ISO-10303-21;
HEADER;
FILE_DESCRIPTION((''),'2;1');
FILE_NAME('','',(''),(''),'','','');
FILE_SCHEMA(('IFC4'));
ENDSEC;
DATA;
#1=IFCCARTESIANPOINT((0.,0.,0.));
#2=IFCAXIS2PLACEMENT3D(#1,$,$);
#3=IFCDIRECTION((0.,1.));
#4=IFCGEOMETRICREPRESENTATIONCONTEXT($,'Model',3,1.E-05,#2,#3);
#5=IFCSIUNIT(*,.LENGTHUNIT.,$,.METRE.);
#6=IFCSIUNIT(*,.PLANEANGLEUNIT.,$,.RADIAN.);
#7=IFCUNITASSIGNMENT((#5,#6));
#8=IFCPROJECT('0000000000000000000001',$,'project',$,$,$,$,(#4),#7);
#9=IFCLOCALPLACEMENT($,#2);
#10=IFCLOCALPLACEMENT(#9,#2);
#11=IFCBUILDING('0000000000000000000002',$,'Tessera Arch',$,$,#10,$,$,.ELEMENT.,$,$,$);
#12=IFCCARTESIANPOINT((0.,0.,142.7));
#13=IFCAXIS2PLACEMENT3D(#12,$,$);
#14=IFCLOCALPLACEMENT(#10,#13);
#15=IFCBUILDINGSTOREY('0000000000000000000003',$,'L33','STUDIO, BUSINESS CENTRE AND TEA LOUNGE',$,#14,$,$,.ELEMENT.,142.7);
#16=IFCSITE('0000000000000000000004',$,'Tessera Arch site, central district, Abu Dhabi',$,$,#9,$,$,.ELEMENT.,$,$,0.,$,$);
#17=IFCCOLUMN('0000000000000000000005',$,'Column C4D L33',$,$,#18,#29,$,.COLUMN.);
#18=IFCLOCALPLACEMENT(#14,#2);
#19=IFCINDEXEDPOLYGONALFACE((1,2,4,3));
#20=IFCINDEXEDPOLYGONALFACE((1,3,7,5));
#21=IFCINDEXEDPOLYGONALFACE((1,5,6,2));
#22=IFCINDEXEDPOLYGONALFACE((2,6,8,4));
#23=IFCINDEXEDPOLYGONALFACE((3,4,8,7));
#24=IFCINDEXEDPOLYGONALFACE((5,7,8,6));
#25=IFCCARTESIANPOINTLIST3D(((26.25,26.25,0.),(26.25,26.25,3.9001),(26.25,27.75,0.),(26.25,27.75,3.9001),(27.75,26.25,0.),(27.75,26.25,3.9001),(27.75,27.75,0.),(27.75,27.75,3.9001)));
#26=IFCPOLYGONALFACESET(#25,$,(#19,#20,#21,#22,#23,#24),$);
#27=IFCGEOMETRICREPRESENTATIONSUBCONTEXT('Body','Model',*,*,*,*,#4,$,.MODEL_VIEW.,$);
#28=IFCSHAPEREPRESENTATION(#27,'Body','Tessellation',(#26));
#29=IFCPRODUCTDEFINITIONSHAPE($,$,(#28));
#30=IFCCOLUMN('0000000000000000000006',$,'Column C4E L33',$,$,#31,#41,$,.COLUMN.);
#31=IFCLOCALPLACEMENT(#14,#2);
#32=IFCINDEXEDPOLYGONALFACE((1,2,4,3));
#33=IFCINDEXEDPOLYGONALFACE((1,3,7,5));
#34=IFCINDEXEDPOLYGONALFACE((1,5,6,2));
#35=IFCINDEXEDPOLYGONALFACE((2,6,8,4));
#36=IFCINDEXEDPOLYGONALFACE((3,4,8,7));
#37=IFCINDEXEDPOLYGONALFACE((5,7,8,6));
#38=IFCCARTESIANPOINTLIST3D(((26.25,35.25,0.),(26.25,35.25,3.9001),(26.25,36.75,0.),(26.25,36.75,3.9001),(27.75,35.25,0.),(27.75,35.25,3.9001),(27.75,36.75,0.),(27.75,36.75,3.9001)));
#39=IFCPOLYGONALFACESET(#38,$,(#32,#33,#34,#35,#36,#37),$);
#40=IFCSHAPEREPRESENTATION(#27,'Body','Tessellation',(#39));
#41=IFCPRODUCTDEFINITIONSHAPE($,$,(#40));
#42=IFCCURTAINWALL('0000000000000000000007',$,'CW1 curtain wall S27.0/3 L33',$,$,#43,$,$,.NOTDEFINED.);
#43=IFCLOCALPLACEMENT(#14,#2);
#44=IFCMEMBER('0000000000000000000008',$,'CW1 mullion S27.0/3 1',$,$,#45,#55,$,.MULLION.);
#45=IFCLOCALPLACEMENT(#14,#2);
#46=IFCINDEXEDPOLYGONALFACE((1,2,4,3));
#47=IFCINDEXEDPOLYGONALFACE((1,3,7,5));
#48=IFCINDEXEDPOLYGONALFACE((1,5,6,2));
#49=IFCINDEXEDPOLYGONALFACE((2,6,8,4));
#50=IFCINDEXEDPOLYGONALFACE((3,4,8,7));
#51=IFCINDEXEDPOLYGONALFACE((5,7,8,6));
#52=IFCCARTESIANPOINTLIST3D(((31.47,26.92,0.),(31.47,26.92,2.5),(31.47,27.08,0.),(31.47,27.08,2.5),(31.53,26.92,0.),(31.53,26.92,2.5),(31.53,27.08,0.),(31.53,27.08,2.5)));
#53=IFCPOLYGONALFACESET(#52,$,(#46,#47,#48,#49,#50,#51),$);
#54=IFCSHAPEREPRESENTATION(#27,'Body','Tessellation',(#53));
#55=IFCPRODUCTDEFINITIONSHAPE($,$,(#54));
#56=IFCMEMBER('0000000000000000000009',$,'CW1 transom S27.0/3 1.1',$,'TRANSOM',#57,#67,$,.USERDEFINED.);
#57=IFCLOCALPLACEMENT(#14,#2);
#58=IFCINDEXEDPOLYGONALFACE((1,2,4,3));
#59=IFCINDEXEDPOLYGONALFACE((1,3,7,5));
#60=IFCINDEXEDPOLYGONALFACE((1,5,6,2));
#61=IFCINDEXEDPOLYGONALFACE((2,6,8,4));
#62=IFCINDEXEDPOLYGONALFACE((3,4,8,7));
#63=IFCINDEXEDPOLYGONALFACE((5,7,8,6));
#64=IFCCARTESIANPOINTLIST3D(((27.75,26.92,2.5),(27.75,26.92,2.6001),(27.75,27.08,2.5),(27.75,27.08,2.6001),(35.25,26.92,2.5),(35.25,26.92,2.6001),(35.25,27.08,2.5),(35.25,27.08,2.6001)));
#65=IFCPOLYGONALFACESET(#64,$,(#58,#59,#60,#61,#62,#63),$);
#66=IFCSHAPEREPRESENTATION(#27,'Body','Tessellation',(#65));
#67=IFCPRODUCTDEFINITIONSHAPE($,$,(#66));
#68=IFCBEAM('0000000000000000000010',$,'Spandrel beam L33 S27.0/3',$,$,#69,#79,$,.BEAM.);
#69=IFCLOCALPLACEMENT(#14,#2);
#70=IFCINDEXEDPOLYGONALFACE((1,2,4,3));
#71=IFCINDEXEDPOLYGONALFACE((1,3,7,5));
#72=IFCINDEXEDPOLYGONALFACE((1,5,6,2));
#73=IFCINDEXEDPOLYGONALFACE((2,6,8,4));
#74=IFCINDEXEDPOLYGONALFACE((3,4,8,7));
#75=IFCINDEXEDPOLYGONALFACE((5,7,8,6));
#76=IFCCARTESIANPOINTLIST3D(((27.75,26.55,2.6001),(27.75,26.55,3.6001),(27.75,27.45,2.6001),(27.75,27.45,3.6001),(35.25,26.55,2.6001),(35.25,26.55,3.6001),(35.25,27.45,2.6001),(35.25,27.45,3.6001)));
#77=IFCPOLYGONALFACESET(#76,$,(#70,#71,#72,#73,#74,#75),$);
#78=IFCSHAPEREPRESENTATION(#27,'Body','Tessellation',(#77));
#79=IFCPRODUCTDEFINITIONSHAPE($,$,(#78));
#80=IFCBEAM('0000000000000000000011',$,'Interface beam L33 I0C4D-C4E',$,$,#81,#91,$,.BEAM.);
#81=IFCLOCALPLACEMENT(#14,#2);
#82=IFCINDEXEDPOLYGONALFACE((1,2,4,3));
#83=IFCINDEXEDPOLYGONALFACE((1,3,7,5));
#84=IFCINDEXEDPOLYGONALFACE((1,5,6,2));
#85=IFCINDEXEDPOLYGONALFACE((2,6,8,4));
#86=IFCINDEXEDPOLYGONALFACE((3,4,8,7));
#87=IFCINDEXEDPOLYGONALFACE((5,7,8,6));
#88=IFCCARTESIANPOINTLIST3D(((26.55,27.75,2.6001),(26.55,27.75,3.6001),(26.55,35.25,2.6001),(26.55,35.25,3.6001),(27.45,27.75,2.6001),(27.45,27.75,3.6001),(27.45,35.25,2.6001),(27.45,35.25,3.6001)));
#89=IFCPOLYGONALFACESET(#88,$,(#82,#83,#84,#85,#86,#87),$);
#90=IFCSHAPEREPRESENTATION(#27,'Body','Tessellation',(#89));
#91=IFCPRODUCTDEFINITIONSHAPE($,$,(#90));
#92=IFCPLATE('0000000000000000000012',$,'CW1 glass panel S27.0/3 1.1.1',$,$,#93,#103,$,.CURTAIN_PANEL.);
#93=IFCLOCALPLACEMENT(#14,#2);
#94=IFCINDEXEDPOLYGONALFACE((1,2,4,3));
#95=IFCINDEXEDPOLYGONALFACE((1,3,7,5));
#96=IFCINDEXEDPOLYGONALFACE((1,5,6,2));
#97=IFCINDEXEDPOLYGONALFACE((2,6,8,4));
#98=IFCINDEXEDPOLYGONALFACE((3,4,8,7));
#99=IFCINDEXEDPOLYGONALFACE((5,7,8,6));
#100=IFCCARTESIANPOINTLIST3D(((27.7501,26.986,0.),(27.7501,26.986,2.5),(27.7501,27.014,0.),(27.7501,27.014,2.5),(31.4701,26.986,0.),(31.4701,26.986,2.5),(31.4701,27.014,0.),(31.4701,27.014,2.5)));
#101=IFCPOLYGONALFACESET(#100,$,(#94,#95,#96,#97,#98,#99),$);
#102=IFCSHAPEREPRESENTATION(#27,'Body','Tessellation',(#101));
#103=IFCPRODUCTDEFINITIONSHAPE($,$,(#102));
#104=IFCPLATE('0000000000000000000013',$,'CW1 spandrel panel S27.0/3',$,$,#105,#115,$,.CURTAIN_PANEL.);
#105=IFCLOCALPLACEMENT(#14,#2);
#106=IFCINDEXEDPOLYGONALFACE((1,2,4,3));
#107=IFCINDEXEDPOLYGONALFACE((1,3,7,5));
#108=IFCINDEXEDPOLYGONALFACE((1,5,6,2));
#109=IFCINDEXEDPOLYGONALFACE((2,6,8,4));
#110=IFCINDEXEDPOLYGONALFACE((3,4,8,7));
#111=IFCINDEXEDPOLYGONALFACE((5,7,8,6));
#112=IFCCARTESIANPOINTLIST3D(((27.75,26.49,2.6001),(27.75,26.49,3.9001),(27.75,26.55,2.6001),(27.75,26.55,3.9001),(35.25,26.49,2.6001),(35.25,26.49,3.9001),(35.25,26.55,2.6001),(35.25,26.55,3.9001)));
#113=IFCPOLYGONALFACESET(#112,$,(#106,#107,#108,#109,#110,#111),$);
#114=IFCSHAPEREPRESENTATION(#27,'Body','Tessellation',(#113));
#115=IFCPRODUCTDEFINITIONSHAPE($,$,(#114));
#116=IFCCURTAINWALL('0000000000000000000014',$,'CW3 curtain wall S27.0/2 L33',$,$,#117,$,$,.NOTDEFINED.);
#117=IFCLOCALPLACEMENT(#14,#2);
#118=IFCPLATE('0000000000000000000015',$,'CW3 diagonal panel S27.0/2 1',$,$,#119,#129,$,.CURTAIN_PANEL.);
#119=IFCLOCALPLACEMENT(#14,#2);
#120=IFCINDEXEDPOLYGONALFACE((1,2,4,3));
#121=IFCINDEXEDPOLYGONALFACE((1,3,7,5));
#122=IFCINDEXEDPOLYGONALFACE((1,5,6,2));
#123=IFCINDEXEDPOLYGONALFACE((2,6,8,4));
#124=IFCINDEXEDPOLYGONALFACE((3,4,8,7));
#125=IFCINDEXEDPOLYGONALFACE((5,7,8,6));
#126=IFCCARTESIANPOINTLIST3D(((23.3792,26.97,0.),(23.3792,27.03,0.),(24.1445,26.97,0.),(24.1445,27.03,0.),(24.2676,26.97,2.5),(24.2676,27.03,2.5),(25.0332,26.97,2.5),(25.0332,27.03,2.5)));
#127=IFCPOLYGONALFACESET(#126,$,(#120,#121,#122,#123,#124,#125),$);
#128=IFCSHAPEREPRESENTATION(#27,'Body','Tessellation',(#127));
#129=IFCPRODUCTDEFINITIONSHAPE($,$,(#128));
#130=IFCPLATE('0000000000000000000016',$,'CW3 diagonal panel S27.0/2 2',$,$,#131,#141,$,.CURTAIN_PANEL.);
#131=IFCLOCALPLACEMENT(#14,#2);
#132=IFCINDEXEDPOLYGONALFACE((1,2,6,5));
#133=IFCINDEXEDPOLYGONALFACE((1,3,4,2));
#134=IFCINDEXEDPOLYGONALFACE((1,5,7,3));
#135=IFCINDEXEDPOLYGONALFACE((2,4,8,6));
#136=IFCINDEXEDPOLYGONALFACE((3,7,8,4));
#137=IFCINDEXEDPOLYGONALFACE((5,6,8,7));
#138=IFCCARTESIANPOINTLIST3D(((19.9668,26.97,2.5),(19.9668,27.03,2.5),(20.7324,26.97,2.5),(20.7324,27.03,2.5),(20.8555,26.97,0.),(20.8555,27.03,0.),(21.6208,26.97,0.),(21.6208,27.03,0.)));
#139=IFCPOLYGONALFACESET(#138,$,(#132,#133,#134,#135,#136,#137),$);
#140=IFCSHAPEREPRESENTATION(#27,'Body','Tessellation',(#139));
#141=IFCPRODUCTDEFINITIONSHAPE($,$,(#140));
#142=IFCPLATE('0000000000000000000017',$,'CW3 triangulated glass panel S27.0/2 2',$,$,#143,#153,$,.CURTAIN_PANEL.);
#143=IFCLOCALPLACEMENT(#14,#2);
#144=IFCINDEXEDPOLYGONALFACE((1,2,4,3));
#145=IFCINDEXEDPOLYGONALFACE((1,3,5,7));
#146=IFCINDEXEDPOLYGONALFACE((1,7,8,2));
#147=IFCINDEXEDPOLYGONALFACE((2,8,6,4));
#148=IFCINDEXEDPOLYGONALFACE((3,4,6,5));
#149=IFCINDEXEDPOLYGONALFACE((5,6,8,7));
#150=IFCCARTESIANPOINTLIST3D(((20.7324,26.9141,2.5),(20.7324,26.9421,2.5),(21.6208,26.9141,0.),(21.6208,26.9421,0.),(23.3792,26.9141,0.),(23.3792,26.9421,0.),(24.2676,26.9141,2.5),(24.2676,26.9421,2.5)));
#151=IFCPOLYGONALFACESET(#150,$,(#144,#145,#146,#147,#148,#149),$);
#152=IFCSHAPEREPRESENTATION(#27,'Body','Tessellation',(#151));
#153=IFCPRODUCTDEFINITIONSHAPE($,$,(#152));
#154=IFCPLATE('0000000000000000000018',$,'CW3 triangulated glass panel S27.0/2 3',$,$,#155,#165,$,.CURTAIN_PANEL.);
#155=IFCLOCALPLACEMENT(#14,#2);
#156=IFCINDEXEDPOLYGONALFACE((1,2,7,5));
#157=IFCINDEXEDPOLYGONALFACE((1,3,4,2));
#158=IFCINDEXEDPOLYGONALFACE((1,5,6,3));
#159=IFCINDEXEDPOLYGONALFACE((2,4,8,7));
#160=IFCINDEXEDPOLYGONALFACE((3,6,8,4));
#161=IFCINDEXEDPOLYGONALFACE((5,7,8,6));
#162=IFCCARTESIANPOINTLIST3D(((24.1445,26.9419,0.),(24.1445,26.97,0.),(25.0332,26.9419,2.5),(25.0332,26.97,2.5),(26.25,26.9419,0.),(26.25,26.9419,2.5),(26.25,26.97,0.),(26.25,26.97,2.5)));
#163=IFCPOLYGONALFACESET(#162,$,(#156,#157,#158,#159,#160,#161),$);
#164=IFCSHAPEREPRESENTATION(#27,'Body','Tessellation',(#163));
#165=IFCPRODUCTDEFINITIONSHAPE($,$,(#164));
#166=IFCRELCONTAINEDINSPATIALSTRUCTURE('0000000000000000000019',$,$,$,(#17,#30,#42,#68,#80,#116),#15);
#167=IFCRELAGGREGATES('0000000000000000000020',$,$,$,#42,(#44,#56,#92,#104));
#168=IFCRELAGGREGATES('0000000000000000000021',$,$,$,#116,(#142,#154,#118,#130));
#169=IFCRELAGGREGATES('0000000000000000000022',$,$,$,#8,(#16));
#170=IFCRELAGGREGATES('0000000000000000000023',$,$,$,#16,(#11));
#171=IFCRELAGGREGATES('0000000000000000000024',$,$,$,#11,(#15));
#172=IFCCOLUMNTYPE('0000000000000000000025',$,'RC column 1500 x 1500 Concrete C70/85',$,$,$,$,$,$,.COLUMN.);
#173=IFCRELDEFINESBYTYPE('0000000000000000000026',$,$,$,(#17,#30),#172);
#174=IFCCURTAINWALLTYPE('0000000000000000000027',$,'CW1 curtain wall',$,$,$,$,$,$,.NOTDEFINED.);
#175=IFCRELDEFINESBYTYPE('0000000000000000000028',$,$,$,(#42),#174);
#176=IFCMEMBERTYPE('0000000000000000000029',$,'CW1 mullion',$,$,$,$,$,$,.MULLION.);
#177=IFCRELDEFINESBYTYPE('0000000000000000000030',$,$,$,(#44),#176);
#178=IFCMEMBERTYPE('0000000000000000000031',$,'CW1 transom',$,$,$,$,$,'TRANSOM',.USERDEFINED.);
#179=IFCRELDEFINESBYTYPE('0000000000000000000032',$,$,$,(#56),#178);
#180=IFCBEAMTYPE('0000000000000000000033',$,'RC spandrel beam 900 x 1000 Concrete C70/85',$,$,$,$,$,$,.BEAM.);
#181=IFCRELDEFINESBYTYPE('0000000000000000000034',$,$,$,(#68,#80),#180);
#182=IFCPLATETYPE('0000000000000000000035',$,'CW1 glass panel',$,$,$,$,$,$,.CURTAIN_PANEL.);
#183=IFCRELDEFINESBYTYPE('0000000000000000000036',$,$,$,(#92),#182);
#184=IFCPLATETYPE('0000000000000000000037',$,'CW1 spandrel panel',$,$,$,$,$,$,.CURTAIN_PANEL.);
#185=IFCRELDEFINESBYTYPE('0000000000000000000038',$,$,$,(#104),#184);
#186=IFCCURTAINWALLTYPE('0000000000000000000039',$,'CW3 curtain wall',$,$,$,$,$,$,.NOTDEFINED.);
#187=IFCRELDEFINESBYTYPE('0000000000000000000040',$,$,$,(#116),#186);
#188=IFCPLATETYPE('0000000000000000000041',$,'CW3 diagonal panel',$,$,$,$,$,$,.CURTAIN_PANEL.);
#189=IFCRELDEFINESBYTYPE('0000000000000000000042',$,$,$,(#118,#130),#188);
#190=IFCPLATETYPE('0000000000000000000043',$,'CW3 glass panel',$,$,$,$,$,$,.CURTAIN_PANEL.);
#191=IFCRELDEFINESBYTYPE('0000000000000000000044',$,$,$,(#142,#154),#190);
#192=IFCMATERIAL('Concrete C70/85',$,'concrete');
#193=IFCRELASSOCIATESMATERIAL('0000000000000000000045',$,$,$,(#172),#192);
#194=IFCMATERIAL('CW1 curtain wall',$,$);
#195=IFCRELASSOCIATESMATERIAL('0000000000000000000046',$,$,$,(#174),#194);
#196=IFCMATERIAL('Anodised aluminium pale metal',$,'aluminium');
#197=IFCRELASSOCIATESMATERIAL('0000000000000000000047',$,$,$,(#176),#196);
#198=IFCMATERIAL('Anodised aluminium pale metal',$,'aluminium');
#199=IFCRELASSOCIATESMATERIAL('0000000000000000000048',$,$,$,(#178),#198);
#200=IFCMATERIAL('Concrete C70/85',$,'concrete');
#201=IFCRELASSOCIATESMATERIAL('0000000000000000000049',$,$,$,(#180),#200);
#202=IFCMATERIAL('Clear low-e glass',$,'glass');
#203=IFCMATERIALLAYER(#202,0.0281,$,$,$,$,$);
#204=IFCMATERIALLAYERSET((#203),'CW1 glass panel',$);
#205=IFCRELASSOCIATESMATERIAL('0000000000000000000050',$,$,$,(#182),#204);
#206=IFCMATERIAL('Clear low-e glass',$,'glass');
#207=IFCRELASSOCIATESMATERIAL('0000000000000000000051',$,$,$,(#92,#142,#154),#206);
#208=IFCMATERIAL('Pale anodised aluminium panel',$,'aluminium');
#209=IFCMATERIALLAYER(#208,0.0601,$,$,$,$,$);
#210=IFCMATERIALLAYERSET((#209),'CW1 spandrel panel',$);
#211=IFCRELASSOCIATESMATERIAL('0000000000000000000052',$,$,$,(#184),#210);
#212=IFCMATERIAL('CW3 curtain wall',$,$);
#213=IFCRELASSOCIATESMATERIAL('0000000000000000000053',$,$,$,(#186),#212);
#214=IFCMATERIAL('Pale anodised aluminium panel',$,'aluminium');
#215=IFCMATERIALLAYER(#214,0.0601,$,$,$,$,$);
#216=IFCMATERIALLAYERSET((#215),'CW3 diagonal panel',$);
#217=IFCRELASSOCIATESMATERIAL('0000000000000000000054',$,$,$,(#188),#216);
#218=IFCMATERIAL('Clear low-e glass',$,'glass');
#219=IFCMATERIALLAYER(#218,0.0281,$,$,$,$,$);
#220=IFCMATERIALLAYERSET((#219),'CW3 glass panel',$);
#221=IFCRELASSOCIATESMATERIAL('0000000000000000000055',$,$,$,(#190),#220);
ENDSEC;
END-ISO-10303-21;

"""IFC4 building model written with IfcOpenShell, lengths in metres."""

from ifc_helpers import new_model, si_unit, direction, frame, origin, origin_2d, place, context, subcontext, project, spatial, polyline, rectangle, outline, extrude, material, layer, layer_set, material_profile, profile_set, type_object, element, aggregate, save


model = new_model("IFC4")

# Units and contexts
model_context = context("Model", 3, precision=1e-05, world=origin(), true_north=direction((0.0, 1.0)))
body_context = subcontext(model_context, "Body", "Model", "MODEL_VIEW")
ifc_project = project(units=[si_unit("LENGTHUNIT", "METRE"), si_unit("PLANEANGLEUNIT", "RADIAN")], contexts=[model_context])

# Site, building, storey
site_placement = place(None, origin())
site = spatial("IfcSite", under=ifc_project, at=site_placement, Name="Tessera Arch site, central district, Abu Dhabi", CompositionType="ELEMENT", RefElevation=0.0)
building_placement = place(site_placement, origin())
building = spatial("IfcBuilding", under=site, at=building_placement, Name="Tessera Arch", CompositionType="ELEMENT")
storey_placement = place(building_placement, frame((0.0, 0.0, 142.7)))
storey = spatial("IfcBuildingStorey", under=building, at=storey_placement, Name="L33", Description="STUDIO, BUSINESS CENTRE AND TEA LOUNGE", CompositionType="ELEMENT", Elevation=142.7)

# Columns
ifc_material_1 = material(Name="Concrete C70/85", Category="concrete")
ifc_material_profile_1 = material_profile(ifc_material_1, rectangle(XDim=1.5, YDim=1.5, at=origin_2d()), Name="RC column 1500 x 1500 Concrete C70/85")
ifc_profile_set_1 = profile_set([ifc_material_profile_1], Name="Concrete C70/85")
column_type = type_object("IfcColumnType", Name="RC column 1500 x 1500 Concrete C70/85", PredefinedType="COLUMN", material=ifc_profile_set_1)
for number, where, z_axis, x_axis, name in (
    (1, (27.0, 27.0, 0.0), (0.0, 0.0, 1.0), (1.0, 0.0, 0.0), "Column C4D L33"),
    (2, (27.0, 36.0, 0.0), (0.0, 0.0, 1.0), (1.0, 0.0, 0.0), "Column C4E L33"),
):
    element("IfcColumn", number, at=place(storey_placement, frame(where, z_axis=z_axis, x_axis=x_axis)), inside=storey, type_object=column_type, Name=name, PredefinedType="COLUMN", context=body_context, shape_type="SweptSolid", body=[
        extrude(rectangle(XDim=1.5, YDim=1.5, at=origin_2d()), origin(), (0.0, 0.0, 1.0), 3.9001),
    ])

# Curtain wall, members
ifc_material_2 = material(Name="CW1 curtain wall")
curtain_wall_type_1 = type_object("IfcCurtainWallType", Name="CW1 curtain wall", PredefinedType="NOTDEFINED", material=ifc_material_2)
curtain_wall_1_placement = place(storey_placement, origin())
curtain_wall_1 = element("IfcCurtainWall", 3, at=curtain_wall_1_placement, inside=storey, type_object=curtain_wall_type_1, Name="CW1 curtain wall S27.0/3 L33", PredefinedType="NOTDEFINED")
ifc_material_3 = material(Name="Anodised aluminium pale metal", Category="aluminium")
ifc_material_profile_2 = material_profile(ifc_material_3, rectangle(XDim=0.1599, YDim=0.0601, at=origin_2d()), Name="AL 60x160")
ifc_profile_set_2 = profile_set([ifc_material_profile_2], Name="Anodised aluminium pale metal")
member_type_1 = type_object("IfcMemberType", Name="CW1 mullion", PredefinedType="MULLION", material=ifc_profile_set_2)
member_1_placement = place(storey_placement, frame((31.5, 27.0, 0.0), z_axis=(0.0, 0.0, 1.0), x_axis=(0.0, 1.0, 0.0)))
member_1 = element("IfcMember", 4, at=member_1_placement, type_object=member_type_1, Name="CW1 mullion S27.0/3 1", PredefinedType="MULLION", context=body_context, shape_type="SweptSolid", body=[
    extrude(rectangle(XDim=0.1599, YDim=0.0601, at=origin_2d()), origin(), (0.0, 0.0, 1.0), 2.5),
])
ifc_material_4 = material(Name="Anodised aluminium pale metal", Category="aluminium")
ifc_material_profile_3 = material_profile(ifc_material_4, rectangle(XDim=0.1599, YDim=0.1001, at=origin_2d()), Name="AL 160x100")
ifc_profile_set_3 = profile_set([ifc_material_profile_3], Name="Anodised aluminium pale metal")
member_type_2 = type_object("IfcMemberType", Name="CW1 transom", ElementType="TRANSOM", PredefinedType="USERDEFINED", material=ifc_profile_set_3)
member_2_placement = place(storey_placement, frame((27.75, 27.0, 2.55), z_axis=(1.0, 0.0, 0.0), x_axis=(0.0, 1.0, 0.0)))
member_2 = element("IfcMember", 5, at=member_2_placement, type_object=member_type_2, Name="CW1 transom S27.0/3 1.1", ObjectType="TRANSOM", PredefinedType="USERDEFINED", context=body_context, shape_type="SweptSolid", body=[
    extrude(rectangle(XDim=0.1599, YDim=0.1001, at=origin_2d()), origin(), (0.0, 0.0, 1.0), 7.5),
])

# Beams
ifc_material_5 = material(Name="Concrete C70/85", Category="concrete")
ifc_material_profile_4 = material_profile(ifc_material_5, rectangle(XDim=0.8999, YDim=1.0, at=origin_2d()), Name="RC spandrel beam 900 x 1000 Concrete C70/85")
ifc_profile_set_4 = profile_set([ifc_material_profile_4], Name="Concrete C70/85")
beam_type = type_object("IfcBeamType", Name="RC spandrel beam 900 x 1000 Concrete C70/85", PredefinedType="BEAM", material=ifc_profile_set_4)
for number, where, z_axis, x_axis, name in (
    (6, (27.75, 27.0, 3.1001), (1.0, 0.0, 0.0), (0.0, 1.0, 0.0), "Spandrel beam L33 S27.0/3"),
    (7, (27.0, 27.75, 3.1001), (0.0, 1.0, 0.0), (-1.0, 0.0, 0.0), "Interface beam L33 I0C4D-C4E"),
):
    element("IfcBeam", number, at=place(storey_placement, frame(where, z_axis=z_axis, x_axis=x_axis)), inside=storey, type_object=beam_type, Name=name, PredefinedType="BEAM", context=body_context, shape_type="SweptSolid", body=[
        extrude(rectangle(XDim=0.8999, YDim=1.0, at=origin_2d()), origin(), (0.0, 0.0, 1.0), 7.5),
    ])

# Plates
ifc_material_6 = material(Name="Clear low-e glass", Category="glass")
ifc_material_7 = material(Name="Clear low-e glass", Category="glass")
ifc_layer_1 = layer(ifc_material_7, 0.0281)
ifc_layer_set_1 = layer_set([ifc_layer_1], Name="CW1 glass panel")
plate_type_1 = type_object("IfcPlateType", Name="CW1 glass panel", PredefinedType="CURTAIN_PANEL", material=ifc_layer_set_1)
plate_1_placement = place(storey_placement, frame((29.6101, 27.0, 0.0), z_axis=(0.0, 0.0, 1.0), x_axis=(1.0, 0.0, 0.0)))
plate_1 = element("IfcPlate", 8, at=plate_1_placement, type_object=plate_type_1, material=ifc_material_6, Name="CW1 glass panel S27.0/3 1.1.1", PredefinedType="CURTAIN_PANEL", context=body_context, shape_type="SweptSolid", body=[
    extrude(rectangle(XDim=3.72, YDim=0.0281, at=origin_2d()), origin(), (0.0, 0.0, 1.0), 2.5),
])
ifc_material_8 = material(Name="Pale anodised aluminium panel", Category="aluminium")
ifc_layer_2 = layer(ifc_material_8, 0.0601)
ifc_layer_set_2 = layer_set([ifc_layer_2], Name="CW1 spandrel panel")
plate_type_2 = type_object("IfcPlateType", Name="CW1 spandrel panel", PredefinedType="CURTAIN_PANEL", material=ifc_layer_set_2)
plate_2_placement = place(storey_placement, frame((31.5, 26.52, 2.6001), z_axis=(0.0, 0.0, 1.0), x_axis=(1.0, 0.0, 0.0)))
plate_2 = element("IfcPlate", 9, at=plate_2_placement, type_object=plate_type_2, Name="CW1 spandrel panel S27.0/3", PredefinedType="CURTAIN_PANEL", context=body_context, shape_type="SweptSolid", body=[
    extrude(rectangle(XDim=7.5, YDim=0.0601, at=origin_2d()), origin(), (0.0, 0.0, 1.0), 1.3),
])
aggregate(curtain_wall_1, [member_1, member_2, plate_1, plate_2])

# Curtain wall, plates
ifc_material_9 = material(Name="CW3 curtain wall")
curtain_wall_type_2 = type_object("IfcCurtainWallType", Name="CW3 curtain wall", PredefinedType="NOTDEFINED", material=ifc_material_9)
curtain_wall_2_placement = place(storey_placement, origin())
curtain_wall_2 = element("IfcCurtainWall", 10, at=curtain_wall_2_placement, inside=storey, type_object=curtain_wall_type_2, Name="CW3 curtain wall S27.0/2 L33", PredefinedType="NOTDEFINED")
ifc_material_10 = material(Name="Pale anodised aluminium panel", Category="aluminium")
ifc_layer_3 = layer(ifc_material_10, 0.0601)
ifc_layer_set_3 = layer_set([ifc_layer_3], Name="CW3 diagonal panel")
plate_type_3 = type_object("IfcPlateType", Name="CW3 diagonal panel", PredefinedType="CURTAIN_PANEL", material=ifc_layer_set_3)
plate_3_placement = place(storey_placement, frame((25.0332, 26.97, 2.5), z_axis=(0.0, -1.0, 0.0), x_axis=(-1.0, 0.0, 0.0)))
plate_3 = element("IfcPlate", 11, at=plate_3_placement, type_object=plate_type_3, Name="CW3 diagonal panel S27.0/2 1", PredefinedType="CURTAIN_PANEL", context=body_context, shape_type="SweptSolid", body=[
    extrude(outline(polyline([(0.0, 0.0), (0.7656, 0.0), (1.6541, 2.5), (0.8887, 2.5), (0.0, 0.0)])), origin(), (0.0, 0.0, -1.0), 0.0601),
])
plate_4_placement = place(storey_placement, frame((20.7324, 26.97, 2.5), z_axis=(0.0, -1.0, 0.0), x_axis=(-1.0, 0.0, 0.0)))
plate_4 = element("IfcPlate", 12, at=plate_4_placement, type_object=plate_type_3, Name="CW3 diagonal panel S27.0/2 2", PredefinedType="CURTAIN_PANEL", context=body_context, shape_type="SweptSolid", body=[
    extrude(outline(polyline([(0.0, 0.0), (0.7656, 0.0), (-0.123, 2.5), (-0.8884, 2.5), (0.0, 0.0)])), origin(), (0.0, 0.0, -1.0), 0.0601),
])
ifc_material_11 = material(Name="Clear low-e glass", Category="glass")
ifc_layer_4 = layer(ifc_material_11, 0.0281)
ifc_layer_set_4 = layer_set([ifc_layer_4], Name="CW3 glass panel")
plate_type_4 = type_object("IfcPlateType", Name="CW3 glass panel", PredefinedType="CURTAIN_PANEL", material=ifc_layer_set_4)
plate_5_placement = place(storey_placement, frame((24.2676, 26.9141, 2.5), z_axis=(0.0, -1.0, 0.0), x_axis=(-1.0, 0.0, 0.0)))
plate_5 = element("IfcPlate", 13, at=plate_5_placement, type_object=plate_type_4, material=ifc_material_6, Name="CW3 triangulated glass panel S27.0/2 2", PredefinedType="CURTAIN_PANEL", context=body_context, shape_type="SweptSolid", body=[
    extrude(outline(polyline([(0.0, 0.0), (3.5352, 0.0), (2.6467, 2.5), (0.8884, 2.5), (0.0, 0.0)])), origin(), (0.0, 0.0, -1.0), 0.0281),
])
plate_6_placement = place(storey_placement, frame((26.25, 26.9419, 2.5), z_axis=(0.0, -1.0, 0.0), x_axis=(-1.0, 0.0, 0.0)))
plate_6 = element("IfcPlate", 14, at=plate_6_placement, type_object=plate_type_4, material=ifc_material_6, Name="CW3 triangulated glass panel S27.0/2 3", PredefinedType="CURTAIN_PANEL", context=body_context, shape_type="SweptSolid", body=[
    extrude(outline(polyline([(0.0, 0.0), (1.2168, 0.0), (2.1055, 2.5), (0.0, 2.5), (0.0, 0.0)])), origin(), (0.0, 0.0, -1.0), 0.0281),
])
aggregate(curtain_wall_2, [plate_5, plate_6, plate_3, plate_4])

save(model, "model.ifc")
